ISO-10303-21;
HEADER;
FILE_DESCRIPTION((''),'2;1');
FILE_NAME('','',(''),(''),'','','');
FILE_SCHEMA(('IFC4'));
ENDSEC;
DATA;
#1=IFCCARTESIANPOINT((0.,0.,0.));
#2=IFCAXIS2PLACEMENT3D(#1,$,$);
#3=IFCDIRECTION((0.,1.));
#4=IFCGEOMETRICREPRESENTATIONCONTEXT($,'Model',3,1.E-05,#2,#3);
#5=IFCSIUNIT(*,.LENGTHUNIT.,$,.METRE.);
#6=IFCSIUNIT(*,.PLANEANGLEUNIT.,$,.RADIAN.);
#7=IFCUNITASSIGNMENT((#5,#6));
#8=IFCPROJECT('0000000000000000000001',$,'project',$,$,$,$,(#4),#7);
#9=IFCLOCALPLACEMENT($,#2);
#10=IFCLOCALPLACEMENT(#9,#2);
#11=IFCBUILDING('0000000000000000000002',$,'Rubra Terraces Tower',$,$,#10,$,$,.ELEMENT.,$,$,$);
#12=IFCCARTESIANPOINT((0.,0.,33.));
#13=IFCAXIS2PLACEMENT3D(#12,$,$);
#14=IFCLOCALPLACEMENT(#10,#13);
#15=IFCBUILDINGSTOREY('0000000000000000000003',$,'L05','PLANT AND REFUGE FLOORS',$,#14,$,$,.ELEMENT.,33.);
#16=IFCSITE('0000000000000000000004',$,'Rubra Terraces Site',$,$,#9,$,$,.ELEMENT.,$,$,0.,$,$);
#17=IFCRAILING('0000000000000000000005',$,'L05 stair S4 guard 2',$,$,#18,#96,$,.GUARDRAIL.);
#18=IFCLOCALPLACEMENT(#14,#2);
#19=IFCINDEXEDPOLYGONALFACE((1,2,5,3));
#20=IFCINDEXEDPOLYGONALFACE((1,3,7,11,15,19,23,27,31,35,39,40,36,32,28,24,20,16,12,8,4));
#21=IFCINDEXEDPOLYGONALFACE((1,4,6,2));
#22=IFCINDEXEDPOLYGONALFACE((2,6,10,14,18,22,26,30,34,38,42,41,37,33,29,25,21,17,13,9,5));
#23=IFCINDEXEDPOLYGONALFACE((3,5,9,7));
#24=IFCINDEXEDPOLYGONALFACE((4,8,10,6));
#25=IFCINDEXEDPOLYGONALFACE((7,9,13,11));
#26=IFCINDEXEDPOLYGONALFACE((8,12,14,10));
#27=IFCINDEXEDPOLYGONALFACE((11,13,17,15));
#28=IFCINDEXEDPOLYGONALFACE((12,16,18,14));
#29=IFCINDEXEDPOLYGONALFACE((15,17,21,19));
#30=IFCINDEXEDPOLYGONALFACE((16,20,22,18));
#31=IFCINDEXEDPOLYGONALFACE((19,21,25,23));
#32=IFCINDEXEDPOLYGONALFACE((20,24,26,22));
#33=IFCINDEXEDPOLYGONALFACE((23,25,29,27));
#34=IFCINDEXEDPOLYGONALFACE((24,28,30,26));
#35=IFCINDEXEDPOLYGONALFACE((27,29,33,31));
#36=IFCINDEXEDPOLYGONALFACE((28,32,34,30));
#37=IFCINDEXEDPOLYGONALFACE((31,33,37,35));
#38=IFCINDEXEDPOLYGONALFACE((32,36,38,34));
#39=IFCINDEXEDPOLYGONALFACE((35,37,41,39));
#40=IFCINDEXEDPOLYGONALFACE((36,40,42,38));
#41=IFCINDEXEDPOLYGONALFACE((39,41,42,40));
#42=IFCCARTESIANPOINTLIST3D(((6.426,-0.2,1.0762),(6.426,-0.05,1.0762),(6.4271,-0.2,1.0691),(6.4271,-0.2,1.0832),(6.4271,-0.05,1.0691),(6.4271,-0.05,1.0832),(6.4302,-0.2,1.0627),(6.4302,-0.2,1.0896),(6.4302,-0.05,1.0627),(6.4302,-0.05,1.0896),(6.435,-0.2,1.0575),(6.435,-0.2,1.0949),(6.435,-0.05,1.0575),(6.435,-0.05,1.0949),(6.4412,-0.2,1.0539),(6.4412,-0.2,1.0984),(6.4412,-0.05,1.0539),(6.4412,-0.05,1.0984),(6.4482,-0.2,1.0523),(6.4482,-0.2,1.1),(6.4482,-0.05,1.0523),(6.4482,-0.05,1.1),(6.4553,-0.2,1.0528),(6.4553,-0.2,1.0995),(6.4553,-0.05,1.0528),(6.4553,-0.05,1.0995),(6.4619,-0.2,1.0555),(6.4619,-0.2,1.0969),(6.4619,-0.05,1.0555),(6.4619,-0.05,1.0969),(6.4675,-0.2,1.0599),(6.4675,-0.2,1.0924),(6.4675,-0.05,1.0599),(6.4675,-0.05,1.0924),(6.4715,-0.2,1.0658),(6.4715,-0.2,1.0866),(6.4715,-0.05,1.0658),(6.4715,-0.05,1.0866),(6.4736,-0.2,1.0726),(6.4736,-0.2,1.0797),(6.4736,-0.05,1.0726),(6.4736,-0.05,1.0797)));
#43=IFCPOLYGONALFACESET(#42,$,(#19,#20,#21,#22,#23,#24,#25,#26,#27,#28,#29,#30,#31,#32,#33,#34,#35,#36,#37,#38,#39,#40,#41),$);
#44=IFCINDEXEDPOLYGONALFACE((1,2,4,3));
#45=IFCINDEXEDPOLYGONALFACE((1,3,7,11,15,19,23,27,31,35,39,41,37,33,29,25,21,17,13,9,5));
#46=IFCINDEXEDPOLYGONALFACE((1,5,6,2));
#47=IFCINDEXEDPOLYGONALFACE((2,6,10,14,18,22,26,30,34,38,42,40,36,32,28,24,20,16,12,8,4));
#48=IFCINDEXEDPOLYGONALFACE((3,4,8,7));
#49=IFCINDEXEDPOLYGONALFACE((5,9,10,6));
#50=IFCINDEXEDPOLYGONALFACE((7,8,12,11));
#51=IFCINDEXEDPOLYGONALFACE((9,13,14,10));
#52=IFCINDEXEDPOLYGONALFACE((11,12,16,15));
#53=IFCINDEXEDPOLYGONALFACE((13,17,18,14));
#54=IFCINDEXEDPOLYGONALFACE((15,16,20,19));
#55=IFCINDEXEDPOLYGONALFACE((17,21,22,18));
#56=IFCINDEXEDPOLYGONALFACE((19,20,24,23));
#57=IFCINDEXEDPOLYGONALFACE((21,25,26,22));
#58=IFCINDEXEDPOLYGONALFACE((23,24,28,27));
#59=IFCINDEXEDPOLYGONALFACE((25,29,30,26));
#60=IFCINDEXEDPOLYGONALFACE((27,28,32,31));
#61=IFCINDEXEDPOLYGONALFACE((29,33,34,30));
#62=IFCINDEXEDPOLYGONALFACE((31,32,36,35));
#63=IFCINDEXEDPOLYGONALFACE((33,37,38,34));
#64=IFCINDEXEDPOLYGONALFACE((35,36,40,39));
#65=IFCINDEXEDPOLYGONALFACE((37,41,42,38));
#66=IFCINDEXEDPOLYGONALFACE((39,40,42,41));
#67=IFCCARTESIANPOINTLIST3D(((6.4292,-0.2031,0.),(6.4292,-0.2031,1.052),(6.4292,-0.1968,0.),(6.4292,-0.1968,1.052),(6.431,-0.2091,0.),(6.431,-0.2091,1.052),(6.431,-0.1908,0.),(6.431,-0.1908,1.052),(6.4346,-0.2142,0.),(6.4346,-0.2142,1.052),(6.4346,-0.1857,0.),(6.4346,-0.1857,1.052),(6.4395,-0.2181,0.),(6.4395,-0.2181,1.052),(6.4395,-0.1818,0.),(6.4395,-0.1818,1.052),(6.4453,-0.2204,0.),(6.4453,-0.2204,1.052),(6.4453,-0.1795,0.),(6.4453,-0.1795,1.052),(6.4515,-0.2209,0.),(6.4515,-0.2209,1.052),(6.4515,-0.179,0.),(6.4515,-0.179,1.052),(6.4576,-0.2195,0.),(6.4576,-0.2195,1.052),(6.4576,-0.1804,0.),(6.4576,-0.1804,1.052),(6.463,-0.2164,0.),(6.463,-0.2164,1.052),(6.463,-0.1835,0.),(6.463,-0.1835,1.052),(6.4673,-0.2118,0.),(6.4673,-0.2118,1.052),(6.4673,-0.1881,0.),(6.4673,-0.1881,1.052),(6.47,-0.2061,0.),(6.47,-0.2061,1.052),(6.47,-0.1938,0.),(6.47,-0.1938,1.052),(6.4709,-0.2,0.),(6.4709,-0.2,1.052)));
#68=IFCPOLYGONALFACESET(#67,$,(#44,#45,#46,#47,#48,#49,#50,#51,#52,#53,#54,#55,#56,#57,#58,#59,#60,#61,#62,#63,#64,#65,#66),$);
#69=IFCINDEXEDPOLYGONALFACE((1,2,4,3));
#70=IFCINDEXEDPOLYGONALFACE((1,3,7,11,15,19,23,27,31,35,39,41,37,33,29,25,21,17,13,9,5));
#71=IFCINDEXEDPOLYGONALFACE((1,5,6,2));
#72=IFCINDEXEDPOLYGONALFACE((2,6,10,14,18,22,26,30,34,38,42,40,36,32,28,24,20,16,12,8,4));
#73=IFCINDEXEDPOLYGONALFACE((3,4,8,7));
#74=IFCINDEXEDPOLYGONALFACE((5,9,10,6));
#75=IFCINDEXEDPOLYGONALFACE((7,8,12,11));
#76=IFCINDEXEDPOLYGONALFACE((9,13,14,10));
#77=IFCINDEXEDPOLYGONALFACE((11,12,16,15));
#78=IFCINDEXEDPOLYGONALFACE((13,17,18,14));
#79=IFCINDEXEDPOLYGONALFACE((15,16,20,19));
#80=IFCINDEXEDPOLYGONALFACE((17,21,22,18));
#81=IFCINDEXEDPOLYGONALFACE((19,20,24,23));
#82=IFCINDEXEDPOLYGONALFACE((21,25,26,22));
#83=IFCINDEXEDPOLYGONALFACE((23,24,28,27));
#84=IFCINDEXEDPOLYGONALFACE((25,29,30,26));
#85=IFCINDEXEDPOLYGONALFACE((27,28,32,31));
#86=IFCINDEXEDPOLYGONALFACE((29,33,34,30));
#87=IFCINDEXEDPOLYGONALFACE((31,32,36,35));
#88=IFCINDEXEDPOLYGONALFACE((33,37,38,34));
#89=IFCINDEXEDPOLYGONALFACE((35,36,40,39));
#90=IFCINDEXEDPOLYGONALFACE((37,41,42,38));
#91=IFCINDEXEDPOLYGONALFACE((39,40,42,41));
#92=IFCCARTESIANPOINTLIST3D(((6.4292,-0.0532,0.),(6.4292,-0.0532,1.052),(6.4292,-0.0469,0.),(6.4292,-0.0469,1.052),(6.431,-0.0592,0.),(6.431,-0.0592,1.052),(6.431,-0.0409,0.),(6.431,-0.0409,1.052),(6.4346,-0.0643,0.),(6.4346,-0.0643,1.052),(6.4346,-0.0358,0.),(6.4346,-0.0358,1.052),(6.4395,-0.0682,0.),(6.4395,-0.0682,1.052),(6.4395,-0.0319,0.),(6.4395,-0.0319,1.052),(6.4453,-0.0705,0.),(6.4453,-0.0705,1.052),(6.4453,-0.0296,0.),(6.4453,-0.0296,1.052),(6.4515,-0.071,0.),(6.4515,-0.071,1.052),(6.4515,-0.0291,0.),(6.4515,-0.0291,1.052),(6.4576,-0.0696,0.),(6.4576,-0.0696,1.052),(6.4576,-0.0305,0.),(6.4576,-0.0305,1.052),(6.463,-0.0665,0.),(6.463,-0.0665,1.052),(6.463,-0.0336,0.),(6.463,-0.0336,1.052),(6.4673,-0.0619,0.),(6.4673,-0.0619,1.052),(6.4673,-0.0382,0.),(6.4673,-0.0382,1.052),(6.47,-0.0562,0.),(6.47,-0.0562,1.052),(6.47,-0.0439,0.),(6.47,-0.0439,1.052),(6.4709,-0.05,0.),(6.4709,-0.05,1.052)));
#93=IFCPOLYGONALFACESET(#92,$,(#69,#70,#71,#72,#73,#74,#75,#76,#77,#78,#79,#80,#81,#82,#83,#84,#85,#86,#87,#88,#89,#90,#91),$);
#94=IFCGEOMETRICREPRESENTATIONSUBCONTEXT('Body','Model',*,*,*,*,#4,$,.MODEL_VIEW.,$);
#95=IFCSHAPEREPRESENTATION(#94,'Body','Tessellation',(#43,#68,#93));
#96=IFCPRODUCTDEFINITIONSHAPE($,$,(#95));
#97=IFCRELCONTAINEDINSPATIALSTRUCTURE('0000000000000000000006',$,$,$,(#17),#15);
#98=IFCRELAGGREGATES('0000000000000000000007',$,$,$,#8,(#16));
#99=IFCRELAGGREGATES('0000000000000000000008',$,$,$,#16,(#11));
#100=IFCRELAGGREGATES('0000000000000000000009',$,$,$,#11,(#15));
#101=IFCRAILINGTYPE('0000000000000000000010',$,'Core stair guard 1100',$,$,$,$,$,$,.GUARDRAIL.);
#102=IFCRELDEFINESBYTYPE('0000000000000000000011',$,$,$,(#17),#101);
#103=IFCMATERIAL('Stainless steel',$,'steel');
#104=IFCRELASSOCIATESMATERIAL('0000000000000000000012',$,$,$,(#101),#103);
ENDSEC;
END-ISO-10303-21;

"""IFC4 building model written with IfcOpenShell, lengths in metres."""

from ifc_helpers import new_model, si_unit, direction, frame, origin, origin_2d, place, context, subcontext, project, spatial, circle, extrude, material, type_object, element, save


model = new_model("IFC4")

# Units and contexts
model_context = context("Model", 3, precision=1e-05, world=origin(), true_north=direction((0.0, 1.0)))
body_context = subcontext(model_context, "Body", "Model", "MODEL_VIEW")
ifc_project = project(units=[si_unit("LENGTHUNIT", "METRE"), si_unit("PLANEANGLEUNIT", "RADIAN")], contexts=[model_context])

# Site, building, storey
site_placement = place(None, origin())
site = spatial("IfcSite", under=ifc_project, at=site_placement, Name="Rubra Terraces Site", CompositionType="ELEMENT", RefElevation=0.0)
building_placement = place(site_placement, origin())
building = spatial("IfcBuilding", under=site, at=building_placement, Name="Rubra Terraces Tower", CompositionType="ELEMENT")
storey_placement = place(building_placement, frame((0.0, 0.0, 33.0)))
storey = spatial("IfcBuildingStorey", under=building, at=storey_placement, Name="L05", Description="PLANT AND REFUGE FLOORS", CompositionType="ELEMENT", Elevation=33.0)

# Railing
ifc_material_1 = material(Name="Stainless steel", Category="steel")
railing_type_1 = type_object("IfcRailingType", Name="Core stair guard 1100", PredefinedType="GUARDRAIL", material=ifc_material_1)
railing_1_placement = place(storey_placement, frame((6.45, -0.2, 0.0)))
element("IfcRailing", 1, at=railing_1_placement, inside=storey, type_object=railing_type_1, Name="L05 stair S4 guard 2", PredefinedType="GUARDRAIL", context=body_context, shape_type="SweptSolid", body=[
    extrude(circle(Radius=0.0239, at=origin_2d()), frame((0.0, 0.0, 1.0762), z_axis=(0.0, 1.0, 0.0), x_axis=(-1.0, 0.0, 0.0)), (0.0, 0.0, 1.0), 0.1499),
    extrude(circle(Radius=0.021, at=origin_2d()), origin(), (0.0, 0.0, 1.0), 1.052),
    extrude(circle(Radius=0.021, at=origin_2d()), frame((0.0, 0.1499, 0.0)), (0.0, 0.0, 1.0), 1.052),
])

save(model, "model.ifc")
